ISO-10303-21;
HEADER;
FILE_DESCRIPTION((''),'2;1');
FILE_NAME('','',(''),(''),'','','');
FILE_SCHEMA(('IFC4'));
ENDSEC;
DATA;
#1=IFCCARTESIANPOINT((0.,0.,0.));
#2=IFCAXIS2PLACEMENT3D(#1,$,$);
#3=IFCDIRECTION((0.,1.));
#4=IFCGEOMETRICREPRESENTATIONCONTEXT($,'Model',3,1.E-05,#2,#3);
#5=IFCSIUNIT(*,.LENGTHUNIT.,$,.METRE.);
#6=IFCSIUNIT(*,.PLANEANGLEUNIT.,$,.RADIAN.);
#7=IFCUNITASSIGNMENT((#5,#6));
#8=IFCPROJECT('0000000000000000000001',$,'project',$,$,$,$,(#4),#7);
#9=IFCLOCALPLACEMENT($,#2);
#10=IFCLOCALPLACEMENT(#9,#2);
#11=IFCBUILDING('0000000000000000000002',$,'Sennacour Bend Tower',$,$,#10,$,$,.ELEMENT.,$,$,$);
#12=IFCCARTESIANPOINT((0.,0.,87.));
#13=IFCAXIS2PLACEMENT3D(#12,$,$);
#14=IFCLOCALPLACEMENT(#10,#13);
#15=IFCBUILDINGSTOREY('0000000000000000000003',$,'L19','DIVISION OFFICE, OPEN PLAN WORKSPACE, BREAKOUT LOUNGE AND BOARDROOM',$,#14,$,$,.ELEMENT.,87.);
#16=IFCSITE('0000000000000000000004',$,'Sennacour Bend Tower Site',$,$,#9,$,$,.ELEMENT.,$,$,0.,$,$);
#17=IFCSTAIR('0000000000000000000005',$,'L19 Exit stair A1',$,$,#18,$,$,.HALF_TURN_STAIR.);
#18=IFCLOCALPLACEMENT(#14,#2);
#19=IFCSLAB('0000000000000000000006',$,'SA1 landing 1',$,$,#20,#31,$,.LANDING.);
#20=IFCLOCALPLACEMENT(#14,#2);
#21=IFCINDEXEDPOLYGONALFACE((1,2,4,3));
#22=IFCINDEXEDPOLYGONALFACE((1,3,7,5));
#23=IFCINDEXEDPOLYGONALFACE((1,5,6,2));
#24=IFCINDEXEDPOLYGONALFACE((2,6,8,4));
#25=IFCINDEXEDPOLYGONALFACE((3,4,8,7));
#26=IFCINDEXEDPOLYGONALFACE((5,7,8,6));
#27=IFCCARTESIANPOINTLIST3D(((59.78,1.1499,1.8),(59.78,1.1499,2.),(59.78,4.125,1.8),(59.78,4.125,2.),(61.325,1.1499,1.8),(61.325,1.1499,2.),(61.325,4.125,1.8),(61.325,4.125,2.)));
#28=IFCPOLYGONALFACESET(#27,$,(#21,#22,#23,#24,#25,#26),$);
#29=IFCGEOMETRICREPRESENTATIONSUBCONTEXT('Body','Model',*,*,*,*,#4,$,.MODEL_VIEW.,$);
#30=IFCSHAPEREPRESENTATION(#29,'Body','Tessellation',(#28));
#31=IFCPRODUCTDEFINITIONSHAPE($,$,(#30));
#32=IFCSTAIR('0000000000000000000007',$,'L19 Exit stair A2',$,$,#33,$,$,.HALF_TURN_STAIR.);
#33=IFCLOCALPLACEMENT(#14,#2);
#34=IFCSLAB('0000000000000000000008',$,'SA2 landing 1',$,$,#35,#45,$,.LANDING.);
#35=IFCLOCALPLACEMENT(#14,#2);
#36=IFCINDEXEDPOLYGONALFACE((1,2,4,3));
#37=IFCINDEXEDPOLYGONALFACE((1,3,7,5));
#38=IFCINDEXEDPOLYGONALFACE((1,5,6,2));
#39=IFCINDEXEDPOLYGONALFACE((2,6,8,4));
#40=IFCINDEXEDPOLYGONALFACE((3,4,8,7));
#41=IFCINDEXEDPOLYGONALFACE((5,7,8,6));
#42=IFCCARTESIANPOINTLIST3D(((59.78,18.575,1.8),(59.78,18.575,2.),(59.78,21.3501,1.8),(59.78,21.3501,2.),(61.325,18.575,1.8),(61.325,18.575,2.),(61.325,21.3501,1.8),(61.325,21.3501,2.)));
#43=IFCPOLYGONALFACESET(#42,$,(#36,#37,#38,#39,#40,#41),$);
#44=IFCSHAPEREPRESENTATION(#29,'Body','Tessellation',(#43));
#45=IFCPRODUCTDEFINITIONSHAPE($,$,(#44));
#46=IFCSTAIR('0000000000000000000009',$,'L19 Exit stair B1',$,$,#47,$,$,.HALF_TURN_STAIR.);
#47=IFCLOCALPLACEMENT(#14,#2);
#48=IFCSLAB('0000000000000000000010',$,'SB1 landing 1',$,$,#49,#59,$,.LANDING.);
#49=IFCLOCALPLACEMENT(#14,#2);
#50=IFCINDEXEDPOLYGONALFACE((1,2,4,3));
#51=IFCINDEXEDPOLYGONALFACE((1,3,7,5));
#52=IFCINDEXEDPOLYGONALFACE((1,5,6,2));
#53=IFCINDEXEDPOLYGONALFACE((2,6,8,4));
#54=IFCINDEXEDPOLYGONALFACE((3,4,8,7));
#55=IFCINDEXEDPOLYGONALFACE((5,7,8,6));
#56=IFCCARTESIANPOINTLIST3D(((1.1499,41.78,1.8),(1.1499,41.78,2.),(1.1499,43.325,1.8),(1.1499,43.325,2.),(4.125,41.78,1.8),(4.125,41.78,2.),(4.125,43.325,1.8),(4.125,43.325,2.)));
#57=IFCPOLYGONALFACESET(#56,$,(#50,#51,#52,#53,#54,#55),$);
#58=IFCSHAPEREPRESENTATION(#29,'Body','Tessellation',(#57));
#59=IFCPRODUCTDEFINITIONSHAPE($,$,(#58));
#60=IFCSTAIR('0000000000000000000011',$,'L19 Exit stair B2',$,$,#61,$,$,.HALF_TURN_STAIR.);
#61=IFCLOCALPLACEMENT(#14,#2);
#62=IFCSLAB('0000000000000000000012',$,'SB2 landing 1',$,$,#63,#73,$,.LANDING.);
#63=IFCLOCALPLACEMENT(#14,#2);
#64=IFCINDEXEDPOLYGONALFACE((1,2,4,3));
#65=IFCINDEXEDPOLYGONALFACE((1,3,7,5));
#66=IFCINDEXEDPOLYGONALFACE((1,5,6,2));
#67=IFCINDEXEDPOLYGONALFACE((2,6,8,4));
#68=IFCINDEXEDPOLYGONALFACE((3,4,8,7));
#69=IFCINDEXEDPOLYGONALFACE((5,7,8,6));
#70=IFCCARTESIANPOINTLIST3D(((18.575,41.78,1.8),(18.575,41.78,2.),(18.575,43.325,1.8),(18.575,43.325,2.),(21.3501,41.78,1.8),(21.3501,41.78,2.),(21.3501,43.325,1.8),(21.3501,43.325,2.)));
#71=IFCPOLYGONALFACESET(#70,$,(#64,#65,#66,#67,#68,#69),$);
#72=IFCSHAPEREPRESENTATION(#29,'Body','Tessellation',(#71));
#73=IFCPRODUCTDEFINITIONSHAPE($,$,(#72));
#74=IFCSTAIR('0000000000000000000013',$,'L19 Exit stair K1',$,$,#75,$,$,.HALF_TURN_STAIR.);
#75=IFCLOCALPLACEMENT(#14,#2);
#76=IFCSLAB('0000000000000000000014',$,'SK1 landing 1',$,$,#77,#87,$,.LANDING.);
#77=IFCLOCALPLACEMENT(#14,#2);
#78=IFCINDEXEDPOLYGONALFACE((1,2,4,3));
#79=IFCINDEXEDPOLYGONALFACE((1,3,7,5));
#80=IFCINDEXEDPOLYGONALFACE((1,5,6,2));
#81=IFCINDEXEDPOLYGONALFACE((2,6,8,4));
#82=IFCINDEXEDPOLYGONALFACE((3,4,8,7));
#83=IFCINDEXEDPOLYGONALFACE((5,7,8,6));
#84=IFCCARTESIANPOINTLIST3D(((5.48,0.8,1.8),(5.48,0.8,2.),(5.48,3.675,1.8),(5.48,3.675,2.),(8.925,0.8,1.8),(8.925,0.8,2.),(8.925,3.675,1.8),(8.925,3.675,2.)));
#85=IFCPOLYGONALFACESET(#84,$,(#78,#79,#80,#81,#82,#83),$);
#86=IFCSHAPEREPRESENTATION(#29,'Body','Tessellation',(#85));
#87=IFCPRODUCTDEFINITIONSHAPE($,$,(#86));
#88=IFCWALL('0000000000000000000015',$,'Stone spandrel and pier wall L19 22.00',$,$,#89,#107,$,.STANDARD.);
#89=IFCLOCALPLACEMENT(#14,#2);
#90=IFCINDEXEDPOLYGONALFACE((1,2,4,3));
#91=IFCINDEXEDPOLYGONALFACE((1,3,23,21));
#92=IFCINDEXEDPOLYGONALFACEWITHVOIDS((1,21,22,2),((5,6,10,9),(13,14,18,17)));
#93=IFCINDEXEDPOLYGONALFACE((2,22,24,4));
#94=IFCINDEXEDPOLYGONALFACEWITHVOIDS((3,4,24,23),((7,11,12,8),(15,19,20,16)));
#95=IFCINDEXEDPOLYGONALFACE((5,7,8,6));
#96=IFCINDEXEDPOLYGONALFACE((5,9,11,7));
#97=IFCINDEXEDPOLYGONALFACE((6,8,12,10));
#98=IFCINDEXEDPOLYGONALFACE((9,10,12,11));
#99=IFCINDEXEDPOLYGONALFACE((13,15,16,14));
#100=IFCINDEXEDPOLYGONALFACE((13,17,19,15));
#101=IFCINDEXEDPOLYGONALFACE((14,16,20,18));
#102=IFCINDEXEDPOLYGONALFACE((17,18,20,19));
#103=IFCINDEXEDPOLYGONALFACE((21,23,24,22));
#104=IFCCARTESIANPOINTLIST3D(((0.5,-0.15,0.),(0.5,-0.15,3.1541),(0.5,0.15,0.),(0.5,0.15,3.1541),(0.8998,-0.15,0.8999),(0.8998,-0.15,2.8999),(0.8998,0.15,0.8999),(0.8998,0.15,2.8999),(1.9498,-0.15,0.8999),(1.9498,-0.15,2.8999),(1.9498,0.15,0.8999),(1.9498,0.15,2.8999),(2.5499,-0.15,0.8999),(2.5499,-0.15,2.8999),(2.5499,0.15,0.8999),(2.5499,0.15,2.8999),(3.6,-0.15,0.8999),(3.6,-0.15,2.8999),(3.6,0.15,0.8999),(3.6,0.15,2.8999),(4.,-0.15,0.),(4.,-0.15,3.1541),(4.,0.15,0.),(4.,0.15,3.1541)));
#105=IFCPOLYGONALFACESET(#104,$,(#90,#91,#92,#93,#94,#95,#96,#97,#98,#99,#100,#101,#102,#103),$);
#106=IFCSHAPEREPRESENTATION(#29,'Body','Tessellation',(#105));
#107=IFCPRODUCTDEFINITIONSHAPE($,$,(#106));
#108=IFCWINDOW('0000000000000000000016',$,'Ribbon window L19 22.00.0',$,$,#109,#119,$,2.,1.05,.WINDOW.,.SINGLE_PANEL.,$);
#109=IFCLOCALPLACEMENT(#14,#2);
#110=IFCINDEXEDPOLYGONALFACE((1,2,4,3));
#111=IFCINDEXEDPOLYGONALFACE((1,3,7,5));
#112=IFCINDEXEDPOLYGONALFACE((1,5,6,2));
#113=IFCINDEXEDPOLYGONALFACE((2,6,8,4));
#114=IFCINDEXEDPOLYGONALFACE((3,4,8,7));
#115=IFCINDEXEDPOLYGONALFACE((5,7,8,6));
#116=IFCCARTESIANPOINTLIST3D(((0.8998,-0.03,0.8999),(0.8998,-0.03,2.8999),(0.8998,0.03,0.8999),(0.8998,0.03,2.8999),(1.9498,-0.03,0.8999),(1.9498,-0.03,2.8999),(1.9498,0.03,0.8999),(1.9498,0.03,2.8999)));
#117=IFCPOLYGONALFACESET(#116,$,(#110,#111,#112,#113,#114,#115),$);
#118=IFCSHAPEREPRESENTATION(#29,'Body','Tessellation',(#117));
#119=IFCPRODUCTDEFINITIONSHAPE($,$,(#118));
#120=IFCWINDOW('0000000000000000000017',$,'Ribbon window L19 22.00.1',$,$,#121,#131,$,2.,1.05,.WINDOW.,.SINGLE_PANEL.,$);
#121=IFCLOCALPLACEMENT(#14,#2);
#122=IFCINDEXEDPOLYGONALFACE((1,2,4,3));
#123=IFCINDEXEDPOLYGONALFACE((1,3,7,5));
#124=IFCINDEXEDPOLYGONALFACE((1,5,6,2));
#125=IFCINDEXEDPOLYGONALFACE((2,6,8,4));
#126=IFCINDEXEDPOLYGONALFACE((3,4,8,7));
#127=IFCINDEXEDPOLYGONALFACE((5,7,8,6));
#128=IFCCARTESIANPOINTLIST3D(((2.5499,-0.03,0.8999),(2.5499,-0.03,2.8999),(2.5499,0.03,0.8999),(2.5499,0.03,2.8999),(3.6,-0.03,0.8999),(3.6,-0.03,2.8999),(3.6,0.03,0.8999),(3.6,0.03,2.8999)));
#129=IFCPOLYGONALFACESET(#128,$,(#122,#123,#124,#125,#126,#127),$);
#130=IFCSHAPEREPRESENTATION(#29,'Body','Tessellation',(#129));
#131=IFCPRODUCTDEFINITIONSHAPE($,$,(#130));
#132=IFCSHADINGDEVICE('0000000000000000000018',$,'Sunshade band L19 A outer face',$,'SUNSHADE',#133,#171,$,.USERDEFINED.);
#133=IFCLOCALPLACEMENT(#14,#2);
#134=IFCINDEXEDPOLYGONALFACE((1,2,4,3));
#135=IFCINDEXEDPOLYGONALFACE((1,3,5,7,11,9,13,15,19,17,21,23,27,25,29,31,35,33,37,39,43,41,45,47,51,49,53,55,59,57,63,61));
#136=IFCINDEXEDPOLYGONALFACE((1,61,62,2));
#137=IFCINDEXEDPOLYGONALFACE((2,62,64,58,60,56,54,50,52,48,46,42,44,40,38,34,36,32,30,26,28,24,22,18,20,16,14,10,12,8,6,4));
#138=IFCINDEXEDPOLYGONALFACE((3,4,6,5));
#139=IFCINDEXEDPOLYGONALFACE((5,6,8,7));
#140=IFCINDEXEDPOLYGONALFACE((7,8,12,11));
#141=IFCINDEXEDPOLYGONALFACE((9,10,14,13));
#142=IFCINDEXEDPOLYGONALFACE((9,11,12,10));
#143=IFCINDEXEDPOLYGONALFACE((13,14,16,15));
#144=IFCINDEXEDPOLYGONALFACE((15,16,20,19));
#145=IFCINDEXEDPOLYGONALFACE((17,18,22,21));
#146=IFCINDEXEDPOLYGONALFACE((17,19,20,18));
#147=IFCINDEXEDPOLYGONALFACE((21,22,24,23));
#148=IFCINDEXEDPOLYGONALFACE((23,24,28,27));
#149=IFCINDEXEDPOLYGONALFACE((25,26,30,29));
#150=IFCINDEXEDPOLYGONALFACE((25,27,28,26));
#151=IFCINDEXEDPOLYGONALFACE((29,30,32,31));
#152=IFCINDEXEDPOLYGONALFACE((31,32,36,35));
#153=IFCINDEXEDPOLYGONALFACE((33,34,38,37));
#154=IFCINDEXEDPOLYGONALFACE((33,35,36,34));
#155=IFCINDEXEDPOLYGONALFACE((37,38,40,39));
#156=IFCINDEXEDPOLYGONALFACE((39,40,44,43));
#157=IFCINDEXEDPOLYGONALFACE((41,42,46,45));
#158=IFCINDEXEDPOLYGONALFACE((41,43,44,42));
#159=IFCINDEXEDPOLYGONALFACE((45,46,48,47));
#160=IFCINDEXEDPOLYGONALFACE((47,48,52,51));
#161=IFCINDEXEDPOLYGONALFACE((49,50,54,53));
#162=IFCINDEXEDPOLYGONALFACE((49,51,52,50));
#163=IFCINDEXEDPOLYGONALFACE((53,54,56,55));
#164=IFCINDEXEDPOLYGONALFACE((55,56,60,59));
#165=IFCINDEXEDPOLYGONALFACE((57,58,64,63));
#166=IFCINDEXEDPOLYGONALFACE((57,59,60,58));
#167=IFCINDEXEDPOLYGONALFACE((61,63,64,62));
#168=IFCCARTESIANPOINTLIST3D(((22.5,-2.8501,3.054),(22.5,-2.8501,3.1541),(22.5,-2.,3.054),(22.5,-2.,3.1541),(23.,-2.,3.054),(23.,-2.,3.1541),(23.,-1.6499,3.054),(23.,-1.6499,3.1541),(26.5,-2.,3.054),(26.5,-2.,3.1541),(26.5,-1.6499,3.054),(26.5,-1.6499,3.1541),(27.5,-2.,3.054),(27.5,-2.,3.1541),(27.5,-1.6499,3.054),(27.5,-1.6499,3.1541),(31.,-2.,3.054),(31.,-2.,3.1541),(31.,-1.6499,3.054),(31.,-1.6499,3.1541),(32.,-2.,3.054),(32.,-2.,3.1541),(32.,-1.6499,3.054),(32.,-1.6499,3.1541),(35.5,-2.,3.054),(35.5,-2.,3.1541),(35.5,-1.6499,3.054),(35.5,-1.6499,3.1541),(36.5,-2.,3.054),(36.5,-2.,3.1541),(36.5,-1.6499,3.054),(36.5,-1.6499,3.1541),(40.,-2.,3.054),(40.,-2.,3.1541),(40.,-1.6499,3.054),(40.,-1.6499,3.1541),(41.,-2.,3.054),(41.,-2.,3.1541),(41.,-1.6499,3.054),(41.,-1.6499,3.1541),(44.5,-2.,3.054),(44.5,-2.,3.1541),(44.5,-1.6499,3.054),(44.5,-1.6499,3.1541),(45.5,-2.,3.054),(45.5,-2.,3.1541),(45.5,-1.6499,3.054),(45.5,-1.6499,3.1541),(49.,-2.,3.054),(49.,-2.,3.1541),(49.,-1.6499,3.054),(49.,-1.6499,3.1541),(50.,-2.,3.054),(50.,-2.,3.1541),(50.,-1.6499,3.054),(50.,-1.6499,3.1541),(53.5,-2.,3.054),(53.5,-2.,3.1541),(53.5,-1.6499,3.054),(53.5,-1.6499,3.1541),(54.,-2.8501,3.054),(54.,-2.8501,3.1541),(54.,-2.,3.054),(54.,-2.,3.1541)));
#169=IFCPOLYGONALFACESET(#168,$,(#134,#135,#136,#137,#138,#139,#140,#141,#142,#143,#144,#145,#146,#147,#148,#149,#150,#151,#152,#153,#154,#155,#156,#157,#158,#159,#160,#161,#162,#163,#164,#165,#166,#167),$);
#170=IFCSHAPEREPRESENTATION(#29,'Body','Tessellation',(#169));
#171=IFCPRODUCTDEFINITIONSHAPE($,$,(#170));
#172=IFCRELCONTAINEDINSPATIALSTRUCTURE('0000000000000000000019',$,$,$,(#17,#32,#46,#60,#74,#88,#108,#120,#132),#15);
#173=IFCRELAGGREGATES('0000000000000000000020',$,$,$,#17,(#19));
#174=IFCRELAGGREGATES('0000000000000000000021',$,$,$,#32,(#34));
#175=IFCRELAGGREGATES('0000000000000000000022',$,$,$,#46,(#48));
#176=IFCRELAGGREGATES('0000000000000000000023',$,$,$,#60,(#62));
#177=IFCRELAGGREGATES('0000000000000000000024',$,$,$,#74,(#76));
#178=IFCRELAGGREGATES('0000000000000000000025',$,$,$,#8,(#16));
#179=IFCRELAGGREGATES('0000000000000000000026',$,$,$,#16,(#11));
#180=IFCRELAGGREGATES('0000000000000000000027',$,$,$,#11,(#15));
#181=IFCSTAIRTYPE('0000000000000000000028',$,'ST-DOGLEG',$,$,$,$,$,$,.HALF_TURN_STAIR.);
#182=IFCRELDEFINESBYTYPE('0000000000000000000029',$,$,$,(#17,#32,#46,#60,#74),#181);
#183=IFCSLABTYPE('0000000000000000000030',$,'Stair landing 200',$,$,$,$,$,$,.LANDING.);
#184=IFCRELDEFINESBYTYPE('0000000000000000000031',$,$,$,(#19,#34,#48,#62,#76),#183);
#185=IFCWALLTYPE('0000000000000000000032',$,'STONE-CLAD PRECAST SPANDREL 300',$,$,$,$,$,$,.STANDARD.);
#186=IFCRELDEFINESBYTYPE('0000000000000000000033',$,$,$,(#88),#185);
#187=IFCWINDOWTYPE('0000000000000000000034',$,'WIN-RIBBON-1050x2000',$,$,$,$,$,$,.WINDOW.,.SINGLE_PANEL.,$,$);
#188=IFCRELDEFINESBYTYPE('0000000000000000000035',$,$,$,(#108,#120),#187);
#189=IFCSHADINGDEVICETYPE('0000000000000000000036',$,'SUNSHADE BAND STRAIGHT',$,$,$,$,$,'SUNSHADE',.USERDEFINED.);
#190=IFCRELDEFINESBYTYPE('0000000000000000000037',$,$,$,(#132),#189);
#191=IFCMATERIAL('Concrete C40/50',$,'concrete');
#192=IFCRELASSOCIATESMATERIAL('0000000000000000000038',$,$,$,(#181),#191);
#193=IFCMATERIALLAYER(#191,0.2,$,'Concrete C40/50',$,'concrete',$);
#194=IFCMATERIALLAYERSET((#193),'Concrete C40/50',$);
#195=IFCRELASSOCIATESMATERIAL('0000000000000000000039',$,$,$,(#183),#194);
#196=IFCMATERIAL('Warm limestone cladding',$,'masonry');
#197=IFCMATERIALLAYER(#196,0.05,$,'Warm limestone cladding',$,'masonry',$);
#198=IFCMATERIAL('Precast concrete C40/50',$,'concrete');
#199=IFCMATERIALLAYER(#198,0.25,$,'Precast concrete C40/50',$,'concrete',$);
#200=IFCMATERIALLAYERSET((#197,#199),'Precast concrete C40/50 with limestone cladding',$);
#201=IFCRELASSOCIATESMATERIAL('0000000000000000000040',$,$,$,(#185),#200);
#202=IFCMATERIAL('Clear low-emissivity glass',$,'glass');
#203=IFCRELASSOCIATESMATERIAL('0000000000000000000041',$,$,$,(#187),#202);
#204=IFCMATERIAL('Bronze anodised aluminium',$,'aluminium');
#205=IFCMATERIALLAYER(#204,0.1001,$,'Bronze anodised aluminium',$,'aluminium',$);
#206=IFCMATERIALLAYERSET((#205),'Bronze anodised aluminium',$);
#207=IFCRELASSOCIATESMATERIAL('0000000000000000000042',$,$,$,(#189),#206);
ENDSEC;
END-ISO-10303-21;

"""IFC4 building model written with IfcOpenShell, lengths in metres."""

from ifc_helpers import new_model, si_unit, direction, frame, frame_2d, origin, place, context, subcontext, project, spatial, polyline, rectangle, outline, extrude, material, layer, layer_set, type_object, element, fill, aggregate, save


model = new_model("IFC4")

# Units and contexts
model_context = context("Model", 3, precision=1e-05, world=origin(), true_north=direction((0.0, 1.0)))
body_context = subcontext(model_context, "Body", "Model", "MODEL_VIEW")
ifc_project = project(units=[si_unit("LENGTHUNIT", "METRE"), si_unit("PLANEANGLEUNIT", "RADIAN")], contexts=[model_context])

# Site, building, storey
site_placement = place(None, origin())
site = spatial("IfcSite", under=ifc_project, at=site_placement, Name="Sennacour Bend Tower Site", CompositionType="ELEMENT", RefElevation=0.0)
building_placement = place(site_placement, origin())
building = spatial("IfcBuilding", under=site, at=building_placement, Name="Sennacour Bend Tower", CompositionType="ELEMENT")
storey_placement = place(building_placement, frame((0.0, 0.0, 87.0)))
storey = spatial("IfcBuildingStorey", under=building, at=storey_placement, Name="L19", Description="DIVISION OFFICE, OPEN PLAN WORKSPACE, BREAKOUT LOUNGE AND BOARDROOM", CompositionType="ELEMENT", Elevation=87.0)

# Shared definitions
ifc_material_1 = material(Name="Concrete C40/50", Category="concrete")

# Stairs, slabs
stair_type = type_object("IfcStairType", Name="ST-DOGLEG", PredefinedType="HALF_TURN_STAIR", material=ifc_material_1)
stair_1_placement = place(storey_placement, origin())
stair_1 = element("IfcStair", 1, at=stair_1_placement, inside=storey, type_object=stair_type, Name="L19 Exit stair A1", PredefinedType="HALF_TURN_STAIR")
ifc_layer_1 = layer(ifc_material_1, 0.2, Name="Concrete C40/50", Category="concrete")
ifc_layer_set_1 = layer_set([ifc_layer_1], Name="Concrete C40/50")
slab_type_1 = type_object("IfcSlabType", Name="Stair landing 200", PredefinedType="LANDING", material=ifc_layer_set_1)
slab_1_placement = place(storey_placement, frame((0.0, 0.0, 1.8)))
slab_1 = element("IfcSlab", 2, at=slab_1_placement, type_object=slab_type_1, Name="SA1 landing 1", PredefinedType="LANDING", context=body_context, shape_type="SweptSolid", body=[
    extrude(outline(polyline([(59.78, 1.1499), (61.325, 1.1499), (61.325, 4.125), (59.78, 4.125), (59.78, 1.1499)])), origin(), (0.0, 0.0, 1.0), 0.2),
])
aggregate(stair_1, [slab_1])
stair_2_placement = place(storey_placement, origin())
stair_2 = element("IfcStair", 3, at=stair_2_placement, inside=storey, type_object=stair_type, Name="L19 Exit stair A2", PredefinedType="HALF_TURN_STAIR")
slab_2_placement = place(storey_placement, frame((0.0, 0.0, 1.8)))
slab_2 = element("IfcSlab", 4, at=slab_2_placement, type_object=slab_type_1, Name="SA2 landing 1", PredefinedType="LANDING", context=body_context, shape_type="SweptSolid", body=[
    extrude(outline(polyline([(59.78, 18.575), (61.325, 18.575), (61.325, 21.3501), (59.78, 21.3501), (59.78, 18.575)])), origin(), (0.0, 0.0, 1.0), 0.2),
])
aggregate(stair_2, [slab_2])
stair_3_placement = place(storey_placement, origin())
stair_3 = element("IfcStair", 5, at=stair_3_placement, inside=storey, type_object=stair_type, Name="L19 Exit stair B1", PredefinedType="HALF_TURN_STAIR")
slab_3_placement = place(storey_placement, frame((0.0, 0.0, 1.8)))
slab_3 = element("IfcSlab", 6, at=slab_3_placement, type_object=slab_type_1, Name="SB1 landing 1", PredefinedType="LANDING", context=body_context, shape_type="SweptSolid", body=[
    extrude(outline(polyline([(1.1499, 41.78), (4.125, 41.78), (4.125, 43.325), (1.1499, 43.325), (1.1499, 41.78)])), origin(), (0.0, 0.0, 1.0), 0.2),
])
aggregate(stair_3, [slab_3])
stair_4_placement = place(storey_placement, origin())
stair_4 = element("IfcStair", 7, at=stair_4_placement, inside=storey, type_object=stair_type, Name="L19 Exit stair B2", PredefinedType="HALF_TURN_STAIR")
slab_4_placement = place(storey_placement, frame((0.0, 0.0, 1.8)))
slab_4 = element("IfcSlab", 8, at=slab_4_placement, type_object=slab_type_1, Name="SB2 landing 1", PredefinedType="LANDING", context=body_context, shape_type="SweptSolid", body=[
    extrude(outline(polyline([(18.575, 41.78), (21.3501, 41.78), (21.3501, 43.325), (18.575, 43.325), (18.575, 41.78)])), origin(), (0.0, 0.0, 1.0), 0.2),
])
aggregate(stair_4, [slab_4])
stair_5_placement = place(storey_placement, origin())
stair_5 = element("IfcStair", 9, at=stair_5_placement, inside=storey, type_object=stair_type, Name="L19 Exit stair K1", PredefinedType="HALF_TURN_STAIR")
slab_5_placement = place(storey_placement, frame((0.0, 0.0, 1.8)))
slab_5 = element("IfcSlab", 10, at=slab_5_placement, type_object=slab_type_1, Name="SK1 landing 1", PredefinedType="LANDING", context=body_context, shape_type="SweptSolid", body=[
    extrude(outline(polyline([(5.48, 0.8), (8.925, 0.8), (8.925, 3.675), (5.48, 3.675), (5.48, 0.8)])), origin(), (0.0, 0.0, 1.0), 0.2),
])
aggregate(stair_5, [slab_5])

# Wall, openings, windows
ifc_material_2 = material(Name="Warm limestone cladding", Category="masonry")
ifc_layer_2 = layer(ifc_material_2, 0.05, Name="Warm limestone cladding", Category="masonry")
ifc_material_3 = material(Name="Precast concrete C40/50", Category="concrete")
ifc_layer_3 = layer(ifc_material_3, 0.25, Name="Precast concrete C40/50", Category="concrete")
ifc_layer_set_2 = layer_set([ifc_layer_2, ifc_layer_3], Name="Precast concrete C40/50 with limestone cladding")
wall_type = type_object("IfcWallType", Name="STONE-CLAD PRECAST SPANDREL 300", PredefinedType="STANDARD", material=ifc_layer_set_2)
wall_placement = place(storey_placement, frame((0.5, 0.0, 0.0), z_axis=(0.0, 0.0, 1.0), x_axis=(1.0, 0.0, 0.0)))
wall = element("IfcWall", 11, at=wall_placement, inside=storey, type_object=wall_type, Name="Stone spandrel and pier wall L19 22.00", PredefinedType="STANDARD", context=body_context, shape_type="SweptSolid", body=[
    extrude(rectangle(XDim=3.5, YDim=0.3, at=frame_2d((1.75, 0.0))), origin(), (0.0, 0.0, 1.0), 3.1541),
])
opening_1_placement = place(wall_placement, frame((0.3999, 0.0, 0.8999)))
opening_1 = element("IfcOpeningElement", 12, at=opening_1_placement, cuts=wall, PredefinedType="OPENING", context=body_context, shape_type="SweptSolid", body=[
    extrude(rectangle(XDim=1.05, YDim=2.0, at=frame_2d((0.5249, 1.0))), frame((0.0, 0.1602, 0.0), z_axis=(0.0, -1.0, 0.0), x_axis=(1.0, 0.0, 0.0)), (0.0, 0.0, 1.0), 0.3201),
])
opening_2_placement = place(wall_placement, frame((2.05, 0.0, 0.8999)))
opening_2 = element("IfcOpeningElement", 13, at=opening_2_placement, cuts=wall, PredefinedType="OPENING", context=body_context, shape_type="SweptSolid", body=[
    extrude(rectangle(XDim=1.05, YDim=2.0, at=frame_2d((0.5249, 1.0))), frame((0.0, 0.1602, 0.0), z_axis=(0.0, -1.0, 0.0), x_axis=(1.0, 0.0, 0.0)), (0.0, 0.0, 1.0), 0.3201),
])
ifc_material_4 = material(Name="Clear low-emissivity glass", Category="glass")
window_type = type_object("IfcWindowType", Name="WIN-RIBBON-1050x2000", PartitioningType="SINGLE_PANEL", PredefinedType="WINDOW", material=ifc_material_4)
window_1_placement = place(opening_1_placement, origin())
window_1 = element("IfcWindow", 14, at=window_1_placement, inside=storey, type_object=window_type, Name="Ribbon window L19 22.00.0", OverallHeight=2.0, OverallWidth=1.05, PartitioningType="SINGLE_PANEL", PredefinedType="WINDOW", context=body_context, shape_type="SweptSolid", body=[
    extrude(rectangle(XDim=1.05, YDim=2.0, at=frame_2d((0.5249, 1.0))), frame((0.0, 0.03, 0.0), z_axis=(0.0, -1.0, 0.0), x_axis=(1.0, 0.0, 0.0)), (0.0, 0.0, 1.0), 0.0601),
])
fill(opening_1, window_1)
window_2_placement = place(opening_2_placement, origin())
window_2 = element("IfcWindow", 15, at=window_2_placement, inside=storey, type_object=window_type, Name="Ribbon window L19 22.00.1", OverallHeight=2.0, OverallWidth=1.05, PartitioningType="SINGLE_PANEL", PredefinedType="WINDOW", context=body_context, shape_type="SweptSolid", body=[
    extrude(rectangle(XDim=1.05, YDim=2.0, at=frame_2d((0.5249, 1.0))), frame((0.0, 0.03, 0.0), z_axis=(0.0, -1.0, 0.0), x_axis=(1.0, 0.0, 0.0)), (0.0, 0.0, 1.0), 0.0601),
])
fill(opening_2, window_2)

# Shading device
ifc_material_5 = material(Name="Bronze anodised aluminium", Category="aluminium")
ifc_layer_4 = layer(ifc_material_5, 0.1001, Name="Bronze anodised aluminium", Category="aluminium")
ifc_layer_set_3 = layer_set([ifc_layer_4], Name="Bronze anodised aluminium")
shading_device_type_1 = type_object("IfcShadingDeviceType", Name="SUNSHADE BAND STRAIGHT", ElementType="SUNSHADE", PredefinedType="USERDEFINED", material=ifc_layer_set_3)
shading_device_1_placement = place(storey_placement, frame((0.0, 0.0, 3.054)))
element("IfcShadingDevice", 16, at=shading_device_1_placement, inside=storey, type_object=shading_device_type_1, Name="Sunshade band L19 A outer face", ObjectType="SUNSHADE", PredefinedType="USERDEFINED", context=body_context, shape_type="SweptSolid", body=[
    extrude(outline(polyline([(26.5, -1.6499), (26.5, -2.0), (27.5, -2.0), (27.5, -1.6499), (31.0, -1.6499), (31.0, -2.0), (32.0, -2.0), (32.0, -1.6499), (35.5, -1.6499), (35.5, -2.0), (36.5, -2.0), (36.5, -1.6499), (40.0, -1.6499), (40.0, -2.0), (41.0, -2.0), (41.0, -1.6499), (44.5, -1.6499), (44.5, -2.0), (45.5, -2.0), (45.5, -1.6499), (49.0, -1.6499), (49.0, -2.0), (50.0, -2.0), (50.0, -1.6499), (53.5, -1.6499), (53.5, -2.0), (54.0, -2.0), (54.0, -2.8501), (22.5, -2.8501), (22.5, -2.0), (23.0, -2.0), (23.0, -1.6499), (26.5, -1.6499)])), origin(), (0.0, 0.0, 1.0), 0.1001),
])

save(model, "model.ifc")
